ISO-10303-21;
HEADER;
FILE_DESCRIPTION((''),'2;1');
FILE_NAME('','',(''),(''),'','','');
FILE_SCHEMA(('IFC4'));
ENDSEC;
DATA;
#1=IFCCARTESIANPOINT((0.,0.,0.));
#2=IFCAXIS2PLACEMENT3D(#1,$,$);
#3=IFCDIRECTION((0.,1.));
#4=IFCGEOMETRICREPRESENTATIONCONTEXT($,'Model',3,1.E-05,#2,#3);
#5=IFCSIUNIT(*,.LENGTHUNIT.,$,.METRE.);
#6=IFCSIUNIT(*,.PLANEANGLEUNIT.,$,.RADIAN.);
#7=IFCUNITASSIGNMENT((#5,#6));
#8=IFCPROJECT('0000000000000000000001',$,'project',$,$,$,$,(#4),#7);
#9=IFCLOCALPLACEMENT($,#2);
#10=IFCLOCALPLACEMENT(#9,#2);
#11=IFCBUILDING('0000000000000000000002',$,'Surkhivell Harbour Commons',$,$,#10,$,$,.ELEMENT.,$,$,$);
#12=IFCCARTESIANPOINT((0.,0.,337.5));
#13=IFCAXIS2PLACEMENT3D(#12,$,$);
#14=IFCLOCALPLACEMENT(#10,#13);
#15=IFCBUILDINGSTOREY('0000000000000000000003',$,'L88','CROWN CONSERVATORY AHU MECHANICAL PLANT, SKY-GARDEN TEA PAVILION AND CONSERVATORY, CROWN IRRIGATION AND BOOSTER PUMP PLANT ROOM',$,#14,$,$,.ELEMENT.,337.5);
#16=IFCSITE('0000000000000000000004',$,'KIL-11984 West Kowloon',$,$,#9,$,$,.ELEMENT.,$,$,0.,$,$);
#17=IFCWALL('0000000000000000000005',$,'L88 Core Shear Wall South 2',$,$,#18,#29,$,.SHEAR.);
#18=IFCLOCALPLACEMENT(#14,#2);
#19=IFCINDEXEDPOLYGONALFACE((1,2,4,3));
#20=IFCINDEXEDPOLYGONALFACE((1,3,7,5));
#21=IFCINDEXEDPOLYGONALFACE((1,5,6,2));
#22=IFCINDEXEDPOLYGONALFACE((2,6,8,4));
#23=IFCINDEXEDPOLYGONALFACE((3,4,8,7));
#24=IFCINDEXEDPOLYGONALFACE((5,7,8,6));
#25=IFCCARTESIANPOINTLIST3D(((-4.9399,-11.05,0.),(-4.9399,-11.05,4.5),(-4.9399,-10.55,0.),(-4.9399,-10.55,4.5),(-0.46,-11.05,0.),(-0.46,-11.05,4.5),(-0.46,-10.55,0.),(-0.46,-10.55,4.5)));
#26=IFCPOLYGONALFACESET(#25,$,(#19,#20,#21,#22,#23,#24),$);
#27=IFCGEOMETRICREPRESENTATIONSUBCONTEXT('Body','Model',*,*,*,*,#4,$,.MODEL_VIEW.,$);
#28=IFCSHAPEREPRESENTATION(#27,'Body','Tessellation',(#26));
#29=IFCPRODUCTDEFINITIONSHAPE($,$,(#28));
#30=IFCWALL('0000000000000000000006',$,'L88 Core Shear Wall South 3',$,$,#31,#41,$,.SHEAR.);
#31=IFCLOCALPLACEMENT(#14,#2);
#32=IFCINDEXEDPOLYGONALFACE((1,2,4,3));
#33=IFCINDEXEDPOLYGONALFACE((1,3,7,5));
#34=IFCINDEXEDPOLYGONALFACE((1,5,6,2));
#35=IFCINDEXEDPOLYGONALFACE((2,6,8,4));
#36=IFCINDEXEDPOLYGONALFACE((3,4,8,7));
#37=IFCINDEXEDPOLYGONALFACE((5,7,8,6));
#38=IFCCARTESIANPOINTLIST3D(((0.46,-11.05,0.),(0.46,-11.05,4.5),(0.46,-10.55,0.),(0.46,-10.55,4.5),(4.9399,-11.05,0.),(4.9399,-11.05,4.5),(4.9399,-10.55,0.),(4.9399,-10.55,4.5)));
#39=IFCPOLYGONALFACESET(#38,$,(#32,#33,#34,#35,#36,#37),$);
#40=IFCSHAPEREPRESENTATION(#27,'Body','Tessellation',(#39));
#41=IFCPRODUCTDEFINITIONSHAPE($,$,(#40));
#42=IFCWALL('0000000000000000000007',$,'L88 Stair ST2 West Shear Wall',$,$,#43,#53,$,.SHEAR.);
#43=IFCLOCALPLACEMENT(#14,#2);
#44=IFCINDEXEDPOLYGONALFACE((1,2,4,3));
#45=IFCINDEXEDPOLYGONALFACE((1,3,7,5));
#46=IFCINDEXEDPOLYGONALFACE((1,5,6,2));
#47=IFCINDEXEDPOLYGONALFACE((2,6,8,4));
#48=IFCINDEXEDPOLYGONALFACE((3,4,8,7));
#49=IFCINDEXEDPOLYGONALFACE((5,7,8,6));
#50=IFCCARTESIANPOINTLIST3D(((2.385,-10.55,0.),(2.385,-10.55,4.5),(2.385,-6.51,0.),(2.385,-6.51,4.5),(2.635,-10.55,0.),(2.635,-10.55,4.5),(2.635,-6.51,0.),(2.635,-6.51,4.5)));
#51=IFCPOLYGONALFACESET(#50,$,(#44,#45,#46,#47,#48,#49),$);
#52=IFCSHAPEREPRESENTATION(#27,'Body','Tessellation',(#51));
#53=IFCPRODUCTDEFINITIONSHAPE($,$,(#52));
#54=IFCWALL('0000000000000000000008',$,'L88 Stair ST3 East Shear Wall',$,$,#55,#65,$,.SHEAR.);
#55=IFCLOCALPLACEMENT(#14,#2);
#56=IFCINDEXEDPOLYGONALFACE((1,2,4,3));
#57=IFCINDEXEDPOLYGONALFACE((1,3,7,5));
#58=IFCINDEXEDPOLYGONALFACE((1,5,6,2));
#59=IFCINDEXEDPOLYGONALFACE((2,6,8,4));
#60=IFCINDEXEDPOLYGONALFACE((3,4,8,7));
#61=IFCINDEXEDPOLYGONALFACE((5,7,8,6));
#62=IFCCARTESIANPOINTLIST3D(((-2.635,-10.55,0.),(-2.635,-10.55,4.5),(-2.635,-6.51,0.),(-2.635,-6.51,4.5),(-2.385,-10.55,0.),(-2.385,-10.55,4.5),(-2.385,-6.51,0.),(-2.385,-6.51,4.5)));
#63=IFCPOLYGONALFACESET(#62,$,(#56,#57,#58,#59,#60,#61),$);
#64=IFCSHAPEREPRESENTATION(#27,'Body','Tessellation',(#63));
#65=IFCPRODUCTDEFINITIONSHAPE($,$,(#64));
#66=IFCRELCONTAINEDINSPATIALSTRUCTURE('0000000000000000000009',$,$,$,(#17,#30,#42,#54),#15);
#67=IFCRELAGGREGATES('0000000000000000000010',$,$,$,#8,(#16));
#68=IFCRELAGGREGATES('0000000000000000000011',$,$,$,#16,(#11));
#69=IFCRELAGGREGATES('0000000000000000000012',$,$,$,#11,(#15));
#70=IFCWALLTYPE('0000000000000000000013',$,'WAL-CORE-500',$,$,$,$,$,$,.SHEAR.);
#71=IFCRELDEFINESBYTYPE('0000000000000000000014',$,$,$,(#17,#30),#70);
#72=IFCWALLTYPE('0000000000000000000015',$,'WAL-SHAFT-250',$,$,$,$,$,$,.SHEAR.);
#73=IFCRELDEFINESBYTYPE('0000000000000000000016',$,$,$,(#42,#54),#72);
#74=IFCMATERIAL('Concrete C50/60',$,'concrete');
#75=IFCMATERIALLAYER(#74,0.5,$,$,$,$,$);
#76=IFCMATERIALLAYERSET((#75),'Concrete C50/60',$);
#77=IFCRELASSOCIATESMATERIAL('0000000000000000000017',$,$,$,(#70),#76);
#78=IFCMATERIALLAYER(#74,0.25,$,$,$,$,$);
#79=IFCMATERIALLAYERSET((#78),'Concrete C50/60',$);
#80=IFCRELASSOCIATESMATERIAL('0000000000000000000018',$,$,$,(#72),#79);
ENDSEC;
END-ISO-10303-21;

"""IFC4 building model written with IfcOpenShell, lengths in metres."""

from ifc_helpers import new_model, si_unit, direction, frame, frame_2d, origin, place, context, subcontext, project, spatial, rectangle, extrude, material, layer, layer_set, type_object, element, save


model = new_model("IFC4")

# Units and contexts
model_context = context("Model", 3, precision=1e-05, world=origin(), true_north=direction((0.0, 1.0)))
body_context = subcontext(model_context, "Body", "Model", "MODEL_VIEW")
ifc_project = project(units=[si_unit("LENGTHUNIT", "METRE"), si_unit("PLANEANGLEUNIT", "RADIAN")], contexts=[model_context])

# Site, building, storey
site_placement = place(None, origin())
site = spatial("IfcSite", under=ifc_project, at=site_placement, Name="KIL-11984 West Kowloon", CompositionType="ELEMENT", RefElevation=0.0)
building_placement = place(site_placement, origin())
building = spatial("IfcBuilding", under=site, at=building_placement, Name="Surkhivell Harbour Commons", CompositionType="ELEMENT")
storey_placement = place(building_placement, frame((0.0, 0.0, 337.5)))
storey = spatial("IfcBuildingStorey", under=building, at=storey_placement, Name="L88", Description="CROWN CONSERVATORY AHU MECHANICAL PLANT, SKY-GARDEN TEA PAVILION AND CONSERVATORY, CROWN IRRIGATION AND BOOSTER PUMP PLANT ROOM", CompositionType="ELEMENT", Elevation=337.5)

# Walls
ifc_material_1 = material(Name="Concrete C50/60", Category="concrete")
ifc_layer_1 = layer(ifc_material_1, 0.5)
ifc_layer_set_1 = layer_set([ifc_layer_1], Name="Concrete C50/60")
wall_type_1 = type_object("IfcWallType", Name="WAL-CORE-500", PredefinedType="SHEAR", material=ifc_layer_set_1)
for number, where, z_axis, x_axis, name in (
    (1, (-4.9399, -10.8, 0.0), (0.0, 0.0, 1.0), (1.0, 0.0, 0.0), "L88 Core Shear Wall South 2"),
    (2, (0.46, -10.8, 0.0), (0.0, 0.0, 1.0), (1.0, 0.0, 0.0), "L88 Core Shear Wall South 3"),
):
    element("IfcWall", number, at=place(storey_placement, frame(where, z_axis=z_axis, x_axis=x_axis)), inside=storey, type_object=wall_type_1, Name=name, PredefinedType="SHEAR", context=body_context, shape_type="SweptSolid", body=[
        extrude(rectangle(XDim=4.48, YDim=0.5, at=frame_2d((2.24, 0.0))), origin(), (0.0, 0.0, 1.0), 4.5),
    ])
ifc_layer_2 = layer(ifc_material_1, 0.25)
ifc_layer_set_2 = layer_set([ifc_layer_2], Name="Concrete C50/60")
wall_type_2 = type_object("IfcWallType", Name="WAL-SHAFT-250", PredefinedType="SHEAR", material=ifc_layer_set_2)
for number, where, z_axis, x_axis, name in (
    (3, (2.51, -10.55, 0.0), (0.0, 0.0, 1.0), (0.0, 1.0, 0.0), "L88 Stair ST2 West Shear Wall"),
    (4, (-2.51, -10.55, 0.0), (0.0, 0.0, 1.0), (0.0, 1.0, 0.0), "L88 Stair ST3 East Shear Wall"),
):
    element("IfcWall", number, at=place(storey_placement, frame(where, z_axis=z_axis, x_axis=x_axis)), inside=storey, type_object=wall_type_2, Name=name, PredefinedType="SHEAR", context=body_context, shape_type="SweptSolid", body=[
        extrude(rectangle(XDim=4.04, YDim=0.25, at=frame_2d((2.02, 0.0))), origin(), (0.0, 0.0, 1.0), 4.5),
    ])

save(model, "model.ifc")
